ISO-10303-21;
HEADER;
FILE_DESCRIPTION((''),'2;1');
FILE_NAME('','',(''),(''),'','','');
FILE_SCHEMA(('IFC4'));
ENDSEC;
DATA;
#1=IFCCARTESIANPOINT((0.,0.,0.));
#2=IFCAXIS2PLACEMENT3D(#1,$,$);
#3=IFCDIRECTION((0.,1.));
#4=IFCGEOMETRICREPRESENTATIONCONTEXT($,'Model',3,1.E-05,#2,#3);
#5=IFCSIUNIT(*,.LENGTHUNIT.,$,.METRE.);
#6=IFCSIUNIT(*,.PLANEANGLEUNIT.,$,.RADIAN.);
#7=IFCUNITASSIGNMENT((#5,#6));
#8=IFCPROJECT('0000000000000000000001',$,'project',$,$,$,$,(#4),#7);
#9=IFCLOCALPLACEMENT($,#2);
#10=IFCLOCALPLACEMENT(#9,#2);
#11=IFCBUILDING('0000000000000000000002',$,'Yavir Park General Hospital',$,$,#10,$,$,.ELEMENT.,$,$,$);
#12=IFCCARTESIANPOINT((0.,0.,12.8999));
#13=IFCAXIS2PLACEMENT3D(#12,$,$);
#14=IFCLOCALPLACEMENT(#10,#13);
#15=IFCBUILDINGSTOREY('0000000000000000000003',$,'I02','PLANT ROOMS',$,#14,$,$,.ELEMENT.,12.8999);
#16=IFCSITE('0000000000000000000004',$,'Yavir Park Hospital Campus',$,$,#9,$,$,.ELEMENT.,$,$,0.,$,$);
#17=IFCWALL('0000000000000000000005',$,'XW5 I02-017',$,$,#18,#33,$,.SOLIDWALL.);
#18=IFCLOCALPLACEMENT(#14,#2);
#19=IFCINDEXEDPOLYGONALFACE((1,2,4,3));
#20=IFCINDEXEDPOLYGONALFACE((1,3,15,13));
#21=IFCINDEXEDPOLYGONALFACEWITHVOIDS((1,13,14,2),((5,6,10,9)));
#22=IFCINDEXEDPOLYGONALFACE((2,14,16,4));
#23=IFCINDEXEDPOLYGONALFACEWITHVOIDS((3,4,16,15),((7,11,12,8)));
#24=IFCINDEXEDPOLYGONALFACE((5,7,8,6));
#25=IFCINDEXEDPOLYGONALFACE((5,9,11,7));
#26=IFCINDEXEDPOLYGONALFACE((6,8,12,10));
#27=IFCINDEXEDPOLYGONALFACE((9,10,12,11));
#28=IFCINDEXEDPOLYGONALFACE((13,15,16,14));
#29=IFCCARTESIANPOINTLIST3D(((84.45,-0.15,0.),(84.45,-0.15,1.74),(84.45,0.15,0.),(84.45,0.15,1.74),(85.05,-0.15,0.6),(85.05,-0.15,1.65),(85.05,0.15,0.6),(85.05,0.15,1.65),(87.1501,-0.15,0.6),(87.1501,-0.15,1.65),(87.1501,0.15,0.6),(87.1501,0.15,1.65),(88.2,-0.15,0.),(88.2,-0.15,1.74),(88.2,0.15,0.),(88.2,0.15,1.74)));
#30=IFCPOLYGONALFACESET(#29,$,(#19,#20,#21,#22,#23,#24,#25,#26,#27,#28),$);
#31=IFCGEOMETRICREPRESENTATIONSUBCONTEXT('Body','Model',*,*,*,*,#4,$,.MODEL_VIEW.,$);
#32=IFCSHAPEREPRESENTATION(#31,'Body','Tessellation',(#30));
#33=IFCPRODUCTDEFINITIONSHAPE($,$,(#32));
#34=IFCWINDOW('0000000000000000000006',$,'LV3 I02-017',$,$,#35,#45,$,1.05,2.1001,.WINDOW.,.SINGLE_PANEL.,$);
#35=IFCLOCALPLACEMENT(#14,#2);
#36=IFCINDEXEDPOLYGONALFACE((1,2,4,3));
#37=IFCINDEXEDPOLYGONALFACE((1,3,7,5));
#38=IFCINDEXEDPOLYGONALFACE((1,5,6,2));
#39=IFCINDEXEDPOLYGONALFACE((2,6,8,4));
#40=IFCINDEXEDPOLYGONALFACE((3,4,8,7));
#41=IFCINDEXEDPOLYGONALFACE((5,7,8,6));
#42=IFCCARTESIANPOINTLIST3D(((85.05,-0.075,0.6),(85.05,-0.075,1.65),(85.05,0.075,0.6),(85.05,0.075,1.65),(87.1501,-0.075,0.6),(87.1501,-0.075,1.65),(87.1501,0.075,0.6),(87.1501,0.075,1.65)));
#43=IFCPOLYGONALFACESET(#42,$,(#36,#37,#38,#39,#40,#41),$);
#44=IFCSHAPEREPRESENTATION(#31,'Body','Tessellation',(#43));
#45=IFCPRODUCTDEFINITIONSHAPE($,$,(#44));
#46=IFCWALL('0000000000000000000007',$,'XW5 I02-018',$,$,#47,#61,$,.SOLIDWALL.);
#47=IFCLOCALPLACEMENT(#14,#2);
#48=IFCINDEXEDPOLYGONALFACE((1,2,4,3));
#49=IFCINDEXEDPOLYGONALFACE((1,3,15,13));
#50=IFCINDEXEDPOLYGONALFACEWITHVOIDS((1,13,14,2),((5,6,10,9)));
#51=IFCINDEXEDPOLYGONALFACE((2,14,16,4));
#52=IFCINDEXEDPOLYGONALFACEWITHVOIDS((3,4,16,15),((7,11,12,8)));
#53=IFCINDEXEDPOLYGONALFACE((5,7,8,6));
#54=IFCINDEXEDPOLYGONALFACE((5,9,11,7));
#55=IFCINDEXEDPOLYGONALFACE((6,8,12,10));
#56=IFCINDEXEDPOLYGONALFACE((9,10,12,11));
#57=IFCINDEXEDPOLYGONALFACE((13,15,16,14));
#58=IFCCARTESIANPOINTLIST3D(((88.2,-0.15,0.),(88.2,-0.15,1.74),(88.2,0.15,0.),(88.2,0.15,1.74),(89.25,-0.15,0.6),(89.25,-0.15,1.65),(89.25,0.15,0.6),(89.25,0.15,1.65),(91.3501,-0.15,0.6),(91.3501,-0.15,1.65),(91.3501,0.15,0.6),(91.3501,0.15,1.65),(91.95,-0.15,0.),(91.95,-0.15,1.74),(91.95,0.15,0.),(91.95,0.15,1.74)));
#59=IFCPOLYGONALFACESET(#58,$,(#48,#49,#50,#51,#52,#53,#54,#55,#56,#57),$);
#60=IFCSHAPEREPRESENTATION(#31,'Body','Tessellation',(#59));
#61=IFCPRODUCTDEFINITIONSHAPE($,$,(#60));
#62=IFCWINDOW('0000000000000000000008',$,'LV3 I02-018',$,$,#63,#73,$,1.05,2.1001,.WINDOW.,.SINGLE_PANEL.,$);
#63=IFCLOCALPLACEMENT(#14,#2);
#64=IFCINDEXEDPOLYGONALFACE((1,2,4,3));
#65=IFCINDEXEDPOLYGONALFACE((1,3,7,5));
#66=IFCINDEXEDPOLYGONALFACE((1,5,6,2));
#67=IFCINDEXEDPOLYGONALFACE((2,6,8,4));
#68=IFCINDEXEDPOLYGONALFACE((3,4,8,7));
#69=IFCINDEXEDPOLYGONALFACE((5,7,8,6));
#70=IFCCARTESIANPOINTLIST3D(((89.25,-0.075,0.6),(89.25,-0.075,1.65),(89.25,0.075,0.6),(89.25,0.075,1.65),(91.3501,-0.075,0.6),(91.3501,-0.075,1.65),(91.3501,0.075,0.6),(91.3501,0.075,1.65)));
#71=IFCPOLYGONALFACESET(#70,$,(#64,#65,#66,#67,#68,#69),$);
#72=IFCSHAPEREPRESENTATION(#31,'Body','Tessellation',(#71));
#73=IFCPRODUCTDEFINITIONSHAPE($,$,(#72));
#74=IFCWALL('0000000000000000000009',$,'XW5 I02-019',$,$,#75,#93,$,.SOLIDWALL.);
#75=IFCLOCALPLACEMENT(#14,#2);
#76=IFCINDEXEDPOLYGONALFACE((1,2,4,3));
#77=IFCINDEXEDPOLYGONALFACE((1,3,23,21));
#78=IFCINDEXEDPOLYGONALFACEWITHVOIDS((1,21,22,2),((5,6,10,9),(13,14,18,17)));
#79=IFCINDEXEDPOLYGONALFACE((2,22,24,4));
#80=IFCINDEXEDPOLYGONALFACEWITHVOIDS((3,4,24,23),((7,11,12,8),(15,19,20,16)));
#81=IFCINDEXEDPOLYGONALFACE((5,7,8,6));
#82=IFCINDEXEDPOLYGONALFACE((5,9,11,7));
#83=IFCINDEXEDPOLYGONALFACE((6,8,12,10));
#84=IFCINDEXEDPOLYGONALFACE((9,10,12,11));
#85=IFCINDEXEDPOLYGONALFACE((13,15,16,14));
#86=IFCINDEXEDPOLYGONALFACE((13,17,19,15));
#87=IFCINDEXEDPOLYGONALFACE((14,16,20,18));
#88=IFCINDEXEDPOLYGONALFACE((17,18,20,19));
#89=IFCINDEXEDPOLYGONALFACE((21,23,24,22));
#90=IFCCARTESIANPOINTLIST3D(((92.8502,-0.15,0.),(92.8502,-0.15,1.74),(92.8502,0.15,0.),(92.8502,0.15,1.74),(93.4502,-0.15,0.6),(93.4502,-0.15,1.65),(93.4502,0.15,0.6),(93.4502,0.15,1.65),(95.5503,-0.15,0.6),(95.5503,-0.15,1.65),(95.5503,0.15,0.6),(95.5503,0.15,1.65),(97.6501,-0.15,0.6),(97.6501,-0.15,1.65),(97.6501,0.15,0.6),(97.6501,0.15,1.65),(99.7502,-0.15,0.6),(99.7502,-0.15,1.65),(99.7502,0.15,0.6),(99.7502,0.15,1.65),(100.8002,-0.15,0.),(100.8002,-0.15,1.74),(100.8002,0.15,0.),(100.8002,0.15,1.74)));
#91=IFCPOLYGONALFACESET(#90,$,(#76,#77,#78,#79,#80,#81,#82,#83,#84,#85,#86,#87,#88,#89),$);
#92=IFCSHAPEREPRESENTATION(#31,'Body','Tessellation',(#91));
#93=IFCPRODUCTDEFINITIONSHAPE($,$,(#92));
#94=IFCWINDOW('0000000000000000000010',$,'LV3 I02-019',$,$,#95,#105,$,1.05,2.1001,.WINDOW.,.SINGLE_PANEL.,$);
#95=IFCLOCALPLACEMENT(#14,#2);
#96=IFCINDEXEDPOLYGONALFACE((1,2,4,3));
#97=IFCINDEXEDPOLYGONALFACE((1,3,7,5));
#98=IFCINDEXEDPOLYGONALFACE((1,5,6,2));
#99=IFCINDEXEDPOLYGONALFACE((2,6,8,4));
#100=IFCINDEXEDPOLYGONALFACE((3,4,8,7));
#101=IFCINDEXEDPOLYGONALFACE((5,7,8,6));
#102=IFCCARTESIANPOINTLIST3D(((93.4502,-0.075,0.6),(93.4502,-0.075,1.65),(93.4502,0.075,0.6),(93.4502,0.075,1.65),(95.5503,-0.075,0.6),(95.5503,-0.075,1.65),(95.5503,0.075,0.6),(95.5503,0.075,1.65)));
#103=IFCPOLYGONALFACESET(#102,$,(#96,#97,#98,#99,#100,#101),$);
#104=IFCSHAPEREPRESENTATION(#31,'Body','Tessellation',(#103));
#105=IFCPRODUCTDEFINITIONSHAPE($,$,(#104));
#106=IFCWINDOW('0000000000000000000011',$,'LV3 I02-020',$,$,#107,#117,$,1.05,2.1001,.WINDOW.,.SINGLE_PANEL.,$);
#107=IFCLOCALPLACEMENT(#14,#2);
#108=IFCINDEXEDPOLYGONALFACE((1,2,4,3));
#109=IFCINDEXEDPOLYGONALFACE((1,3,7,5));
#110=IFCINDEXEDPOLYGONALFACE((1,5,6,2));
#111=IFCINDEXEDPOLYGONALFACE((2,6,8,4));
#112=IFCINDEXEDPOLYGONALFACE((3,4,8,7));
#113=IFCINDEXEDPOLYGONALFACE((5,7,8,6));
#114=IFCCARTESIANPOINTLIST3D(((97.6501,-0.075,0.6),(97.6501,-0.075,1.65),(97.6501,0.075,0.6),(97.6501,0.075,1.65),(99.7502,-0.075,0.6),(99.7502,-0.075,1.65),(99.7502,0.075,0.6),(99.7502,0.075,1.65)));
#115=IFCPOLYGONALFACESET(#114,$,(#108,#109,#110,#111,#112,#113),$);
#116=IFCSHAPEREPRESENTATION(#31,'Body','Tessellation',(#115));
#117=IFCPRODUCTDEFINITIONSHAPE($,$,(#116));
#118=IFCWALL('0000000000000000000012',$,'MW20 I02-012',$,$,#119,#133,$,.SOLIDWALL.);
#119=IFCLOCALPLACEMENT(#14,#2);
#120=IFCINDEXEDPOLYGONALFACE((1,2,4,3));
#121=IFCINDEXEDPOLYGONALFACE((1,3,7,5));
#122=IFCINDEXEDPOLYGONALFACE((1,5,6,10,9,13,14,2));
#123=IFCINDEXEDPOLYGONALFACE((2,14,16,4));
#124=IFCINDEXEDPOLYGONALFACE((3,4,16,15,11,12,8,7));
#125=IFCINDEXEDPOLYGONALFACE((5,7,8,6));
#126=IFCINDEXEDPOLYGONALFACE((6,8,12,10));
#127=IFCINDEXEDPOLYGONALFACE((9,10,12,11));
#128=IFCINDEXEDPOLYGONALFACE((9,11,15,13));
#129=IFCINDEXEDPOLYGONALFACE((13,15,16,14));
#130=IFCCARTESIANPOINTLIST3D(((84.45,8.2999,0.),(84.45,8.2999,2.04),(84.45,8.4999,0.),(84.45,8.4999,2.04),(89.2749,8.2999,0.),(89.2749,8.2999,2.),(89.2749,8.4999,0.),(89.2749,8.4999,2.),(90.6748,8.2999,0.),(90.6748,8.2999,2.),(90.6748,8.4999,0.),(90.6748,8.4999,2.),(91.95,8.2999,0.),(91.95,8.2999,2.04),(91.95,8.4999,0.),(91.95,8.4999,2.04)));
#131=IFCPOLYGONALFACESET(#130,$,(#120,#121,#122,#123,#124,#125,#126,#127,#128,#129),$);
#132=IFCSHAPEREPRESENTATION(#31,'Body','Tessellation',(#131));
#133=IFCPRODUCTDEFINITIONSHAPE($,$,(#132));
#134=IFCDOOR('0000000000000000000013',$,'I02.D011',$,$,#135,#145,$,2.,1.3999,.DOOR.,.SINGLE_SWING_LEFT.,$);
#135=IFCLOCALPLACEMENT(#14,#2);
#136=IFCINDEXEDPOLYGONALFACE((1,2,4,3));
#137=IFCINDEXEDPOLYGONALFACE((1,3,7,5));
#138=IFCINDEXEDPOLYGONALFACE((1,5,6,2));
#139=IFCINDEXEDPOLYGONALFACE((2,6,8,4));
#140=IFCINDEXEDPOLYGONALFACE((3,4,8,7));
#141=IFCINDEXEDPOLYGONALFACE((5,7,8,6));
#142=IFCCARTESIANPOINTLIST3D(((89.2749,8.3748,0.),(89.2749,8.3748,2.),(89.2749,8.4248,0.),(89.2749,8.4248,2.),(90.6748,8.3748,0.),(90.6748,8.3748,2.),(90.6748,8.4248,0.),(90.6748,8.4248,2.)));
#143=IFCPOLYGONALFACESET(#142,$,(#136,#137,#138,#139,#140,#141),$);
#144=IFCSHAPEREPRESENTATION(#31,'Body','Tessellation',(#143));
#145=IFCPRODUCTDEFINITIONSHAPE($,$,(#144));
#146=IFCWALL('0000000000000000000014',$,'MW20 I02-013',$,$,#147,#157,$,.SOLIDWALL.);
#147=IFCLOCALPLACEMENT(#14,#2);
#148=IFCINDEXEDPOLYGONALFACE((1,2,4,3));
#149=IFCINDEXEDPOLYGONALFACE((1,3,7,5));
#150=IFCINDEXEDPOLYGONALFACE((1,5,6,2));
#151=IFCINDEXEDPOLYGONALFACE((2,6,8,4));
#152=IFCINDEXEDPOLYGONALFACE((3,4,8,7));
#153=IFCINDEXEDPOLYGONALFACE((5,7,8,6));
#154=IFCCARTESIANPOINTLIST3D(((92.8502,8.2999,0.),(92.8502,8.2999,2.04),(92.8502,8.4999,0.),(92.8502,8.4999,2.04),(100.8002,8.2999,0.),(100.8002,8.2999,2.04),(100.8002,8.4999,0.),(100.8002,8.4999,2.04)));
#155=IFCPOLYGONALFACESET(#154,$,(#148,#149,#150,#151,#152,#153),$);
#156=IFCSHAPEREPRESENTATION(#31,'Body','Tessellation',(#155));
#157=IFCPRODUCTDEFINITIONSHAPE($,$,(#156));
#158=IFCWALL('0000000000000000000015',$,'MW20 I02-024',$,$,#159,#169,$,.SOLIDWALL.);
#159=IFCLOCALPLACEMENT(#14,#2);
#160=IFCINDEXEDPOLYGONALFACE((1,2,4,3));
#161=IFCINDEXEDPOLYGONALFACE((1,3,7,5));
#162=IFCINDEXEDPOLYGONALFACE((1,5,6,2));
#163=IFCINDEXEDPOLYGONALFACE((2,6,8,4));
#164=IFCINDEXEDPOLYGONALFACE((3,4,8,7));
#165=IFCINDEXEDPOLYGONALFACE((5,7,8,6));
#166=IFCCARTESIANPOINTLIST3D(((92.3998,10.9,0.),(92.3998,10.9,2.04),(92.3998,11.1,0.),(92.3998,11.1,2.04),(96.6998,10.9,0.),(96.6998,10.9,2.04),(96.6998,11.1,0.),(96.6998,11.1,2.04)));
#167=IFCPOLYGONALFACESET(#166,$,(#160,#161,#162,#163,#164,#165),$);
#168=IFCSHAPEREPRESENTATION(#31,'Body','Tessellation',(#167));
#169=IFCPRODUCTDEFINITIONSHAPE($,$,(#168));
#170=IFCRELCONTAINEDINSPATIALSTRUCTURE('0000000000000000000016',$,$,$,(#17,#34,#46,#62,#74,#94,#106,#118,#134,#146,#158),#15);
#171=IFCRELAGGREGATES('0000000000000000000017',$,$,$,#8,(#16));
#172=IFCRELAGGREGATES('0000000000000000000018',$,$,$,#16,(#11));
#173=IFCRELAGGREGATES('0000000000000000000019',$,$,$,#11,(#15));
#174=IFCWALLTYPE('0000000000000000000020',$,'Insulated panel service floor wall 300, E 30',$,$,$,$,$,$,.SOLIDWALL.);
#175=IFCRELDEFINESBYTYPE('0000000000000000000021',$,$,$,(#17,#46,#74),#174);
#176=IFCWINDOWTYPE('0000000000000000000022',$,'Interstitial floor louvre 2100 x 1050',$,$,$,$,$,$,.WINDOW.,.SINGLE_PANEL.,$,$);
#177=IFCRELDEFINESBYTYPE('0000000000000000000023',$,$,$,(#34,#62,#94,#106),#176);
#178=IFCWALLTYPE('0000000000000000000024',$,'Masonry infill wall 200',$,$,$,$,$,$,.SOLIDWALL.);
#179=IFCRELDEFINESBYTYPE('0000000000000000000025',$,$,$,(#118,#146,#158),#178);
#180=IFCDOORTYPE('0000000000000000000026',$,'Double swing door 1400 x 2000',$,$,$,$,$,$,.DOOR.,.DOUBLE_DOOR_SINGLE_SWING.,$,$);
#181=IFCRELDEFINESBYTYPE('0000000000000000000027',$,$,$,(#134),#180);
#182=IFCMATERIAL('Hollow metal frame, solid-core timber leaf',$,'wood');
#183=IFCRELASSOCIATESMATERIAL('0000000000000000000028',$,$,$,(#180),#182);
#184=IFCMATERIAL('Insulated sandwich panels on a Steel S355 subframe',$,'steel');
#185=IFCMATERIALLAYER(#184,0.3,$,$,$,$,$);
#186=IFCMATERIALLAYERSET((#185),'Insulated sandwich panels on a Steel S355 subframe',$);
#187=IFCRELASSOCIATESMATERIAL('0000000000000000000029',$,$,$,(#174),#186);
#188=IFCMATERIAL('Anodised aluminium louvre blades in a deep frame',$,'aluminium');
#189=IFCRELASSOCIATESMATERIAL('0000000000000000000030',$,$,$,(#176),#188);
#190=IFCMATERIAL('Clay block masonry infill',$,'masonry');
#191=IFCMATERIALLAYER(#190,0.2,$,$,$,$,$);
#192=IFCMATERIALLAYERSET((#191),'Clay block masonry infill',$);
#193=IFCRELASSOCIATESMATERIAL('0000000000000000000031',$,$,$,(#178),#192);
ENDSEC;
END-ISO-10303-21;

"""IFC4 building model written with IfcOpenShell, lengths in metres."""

from ifc_helpers import new_model, si_unit, direction, frame, frame_2d, origin, place, context, subcontext, project, spatial, rectangle, extrude, material, layer, layer_set, type_object, element, fill, save


model = new_model("IFC4")

# Units and contexts
model_context = context("Model", 3, precision=1e-05, world=origin(), true_north=direction((0.0, 1.0)))
body_context = subcontext(model_context, "Body", "Model", "MODEL_VIEW")
ifc_project = project(units=[si_unit("LENGTHUNIT", "METRE"), si_unit("PLANEANGLEUNIT", "RADIAN")], contexts=[model_context])

# Site, building, storey
site_placement = place(None, origin())
site = spatial("IfcSite", under=ifc_project, at=site_placement, Name="Yavir Park Hospital Campus", CompositionType="ELEMENT", RefElevation=0.0)
building_placement = place(site_placement, origin())
building = spatial("IfcBuilding", under=site, at=building_placement, Name="Yavir Park General Hospital", CompositionType="ELEMENT")
storey_placement = place(building_placement, frame((0.0, 0.0, 12.8999)))
storey = spatial("IfcBuildingStorey", under=building, at=storey_placement, Name="I02", Description="PLANT ROOMS", CompositionType="ELEMENT", Elevation=12.8999)

# Shared definitions
ifc_material_1 = material(Name="Hollow metal frame, solid-core timber leaf", Category="wood")
door_type_1 = type_object("IfcDoorType", Name="Double swing door 1400 x 2000", OperationType="DOUBLE_DOOR_SINGLE_SWING", PredefinedType="DOOR", material=ifc_material_1)

# Walls, openings, windows
ifc_material_2 = material(Name="Insulated sandwich panels on a Steel S355 subframe", Category="steel")
ifc_layer_1 = layer(ifc_material_2, 0.3)
ifc_layer_set_1 = layer_set([ifc_layer_1], Name="Insulated sandwich panels on a Steel S355 subframe")
wall_type_1 = type_object("IfcWallType", Name="Insulated panel service floor wall 300, E 30", PredefinedType="SOLIDWALL", material=ifc_layer_set_1)
wall_1_placement = place(storey_placement, frame((84.45, 0.0, 0.0), z_axis=(0.0, 0.0, 1.0), x_axis=(1.0, 0.0, 0.0)))
wall_1 = element("IfcWall", 1, at=wall_1_placement, inside=storey, type_object=wall_type_1, Name="XW5 I02-017", PredefinedType="SOLIDWALL", context=body_context, shape_type="SweptSolid", body=[
    extrude(rectangle(XDim=3.75, YDim=0.3, at=frame_2d((1.875, 0.0))), origin(), (0.0, 0.0, 1.0), 1.74),
])
opening_1_placement = place(wall_1_placement, frame((0.6001, 0.0, 0.6001)))
opening_1 = element("IfcOpeningElement", 2, at=opening_1_placement, cuts=wall_1, PredefinedType="OPENING", context=body_context, shape_type="SweptSolid", body=[
    extrude(rectangle(XDim=2.1001, YDim=1.05, at=frame_2d((1.05, 0.5249))), frame((0.0, 0.1599, 0.0), z_axis=(0.0, -1.0, 0.0), x_axis=(1.0, 0.0, 0.0)), (0.0, 0.0, 1.0), 0.3201),
])
ifc_material_3 = material(Name="Anodised aluminium louvre blades in a deep frame", Category="aluminium")
window_type = type_object("IfcWindowType", Name="Interstitial floor louvre 2100 x 1050", PartitioningType="SINGLE_PANEL", PredefinedType="WINDOW", material=ifc_material_3)
window_1_placement = place(opening_1_placement, origin())
window_1 = element("IfcWindow", 3, at=window_1_placement, inside=storey, type_object=window_type, Name="LV3 I02-017", OverallHeight=1.05, OverallWidth=2.1001, PartitioningType="SINGLE_PANEL", PredefinedType="WINDOW", context=body_context, shape_type="SweptSolid", body=[
    extrude(rectangle(XDim=2.1001, YDim=1.05, at=frame_2d((1.05, 0.5249))), frame((0.0, 0.075, 0.0), z_axis=(0.0, -1.0, 0.0), x_axis=(1.0, 0.0, 0.0)), (0.0, 0.0, 1.0), 0.1499),
])
fill(opening_1, window_1)
wall_2_placement = place(storey_placement, frame((88.2, 0.0, 0.0), z_axis=(0.0, 0.0, 1.0), x_axis=(1.0, 0.0, 0.0)))
wall_2 = element("IfcWall", 4, at=wall_2_placement, inside=storey, type_object=wall_type_1, Name="XW5 I02-018", PredefinedType="SOLIDWALL", context=body_context, shape_type="SweptSolid", body=[
    extrude(rectangle(XDim=3.75, YDim=0.3, at=frame_2d((1.875, 0.0))), origin(), (0.0, 0.0, 1.0), 1.74),
])
opening_2_placement = place(wall_2_placement, frame((1.05, 0.0, 0.6001)))
opening_2 = element("IfcOpeningElement", 5, at=opening_2_placement, cuts=wall_2, PredefinedType="OPENING", context=body_context, shape_type="SweptSolid", body=[
    extrude(rectangle(XDim=2.1001, YDim=1.05, at=frame_2d((1.05, 0.5249))), frame((0.0, 0.1599, 0.0), z_axis=(0.0, -1.0, 0.0), x_axis=(1.0, 0.0, 0.0)), (0.0, 0.0, 1.0), 0.3201),
])
window_2_placement = place(opening_2_placement, origin())
window_2 = element("IfcWindow", 6, at=window_2_placement, inside=storey, type_object=window_type, Name="LV3 I02-018", OverallHeight=1.05, OverallWidth=2.1001, PartitioningType="SINGLE_PANEL", PredefinedType="WINDOW", context=body_context, shape_type="SweptSolid", body=[
    extrude(rectangle(XDim=2.1001, YDim=1.05, at=frame_2d((1.05, 0.5249))), frame((0.0, 0.075, 0.0), z_axis=(0.0, -1.0, 0.0), x_axis=(1.0, 0.0, 0.0)), (0.0, 0.0, 1.0), 0.1499),
])
fill(opening_2, window_2)

# Wall, openings, windows
wall_3_placement = place(storey_placement, frame((92.8501, 0.0, 0.0), z_axis=(0.0, 0.0, 1.0), x_axis=(1.0, 0.0, 0.0)))
wall_3 = element("IfcWall", 7, at=wall_3_placement, inside=storey, type_object=wall_type_1, Name="XW5 I02-019", PredefinedType="SOLIDWALL", context=body_context, shape_type="SweptSolid", body=[
    extrude(rectangle(XDim=7.95, YDim=0.3, at=frame_2d((3.9751, 0.0))), origin(), (0.0, 0.0, 1.0), 1.74),
])
opening_3_placement = place(wall_3_placement, frame((0.6001, 0.0, 0.6001)))
opening_3 = element("IfcOpeningElement", 8, at=opening_3_placement, cuts=wall_3, PredefinedType="OPENING", context=body_context, shape_type="SweptSolid", body=[
    extrude(rectangle(XDim=2.1001, YDim=1.05, at=frame_2d((1.05, 0.5249))), frame((0.0, 0.1599, 0.0), z_axis=(0.0, -1.0, 0.0), x_axis=(1.0, 0.0, 0.0)), (0.0, 0.0, 1.0), 0.3201),
])
opening_4_placement = place(wall_3_placement, frame((4.8, 0.0, 0.6001)))
opening_4 = element("IfcOpeningElement", 9, at=opening_4_placement, cuts=wall_3, PredefinedType="OPENING", context=body_context, shape_type="SweptSolid", body=[
    extrude(rectangle(XDim=2.1001, YDim=1.05, at=frame_2d((1.05, 0.5249))), frame((0.0, 0.1599, 0.0), z_axis=(0.0, -1.0, 0.0), x_axis=(1.0, 0.0, 0.0)), (0.0, 0.0, 1.0), 0.3201),
])
window_3_placement = place(opening_3_placement, origin())
window_3 = element("IfcWindow", 10, at=window_3_placement, inside=storey, type_object=window_type, Name="LV3 I02-019", OverallHeight=1.05, OverallWidth=2.1001, PartitioningType="SINGLE_PANEL", PredefinedType="WINDOW", context=body_context, shape_type="SweptSolid", body=[
    extrude(rectangle(XDim=2.1001, YDim=1.05, at=frame_2d((1.05, 0.5249))), frame((0.0, 0.075, 0.0), z_axis=(0.0, -1.0, 0.0), x_axis=(1.0, 0.0, 0.0)), (0.0, 0.0, 1.0), 0.1499),
])
fill(opening_3, window_3)
window_4_placement = place(opening_4_placement, origin())
window_4 = element("IfcWindow", 11, at=window_4_placement, inside=storey, type_object=window_type, Name="LV3 I02-020", OverallHeight=1.05, OverallWidth=2.1001, PartitioningType="SINGLE_PANEL", PredefinedType="WINDOW", context=body_context, shape_type="SweptSolid", body=[
    extrude(rectangle(XDim=2.1001, YDim=1.05, at=frame_2d((1.05, 0.5249))), frame((0.0, 0.075, 0.0), z_axis=(0.0, -1.0, 0.0), x_axis=(1.0, 0.0, 0.0)), (0.0, 0.0, 1.0), 0.1499),
])
fill(opening_4, window_4)

# Wall, opening, door
ifc_material_4 = material(Name="Clay block masonry infill", Category="masonry")
ifc_layer_2 = layer(ifc_material_4, 0.2)
ifc_layer_set_2 = layer_set([ifc_layer_2], Name="Clay block masonry infill")
wall_type_2 = type_object("IfcWallType", Name="Masonry infill wall 200", PredefinedType="SOLIDWALL", material=ifc_layer_set_2)
wall_4_placement = place(storey_placement, frame((84.45, 8.3999, 0.0), z_axis=(0.0, 0.0, 1.0), x_axis=(1.0, 0.0, 0.0)))
wall_4 = element("IfcWall", 12, at=wall_4_placement, inside=storey, type_object=wall_type_2, Name="MW20 I02-012", PredefinedType="SOLIDWALL", context=body_context, shape_type="SweptSolid", body=[
    extrude(rectangle(XDim=7.5, YDim=0.2, at=frame_2d((3.75, 0.0))), origin(), (0.0, 0.0, 1.0), 2.04),
])
opening_5_placement = place(wall_4_placement, frame((4.825, 0.0, 0.0)))
opening_5 = element("IfcOpeningElement", 13, at=opening_5_placement, cuts=wall_4, PredefinedType="OPENING", context=body_context, shape_type="SweptSolid", body=[
    extrude(rectangle(XDim=1.3999, YDim=2.0, at=frame_2d((0.7, 1.0))), frame((0.0, 0.1099, 0.0), z_axis=(0.0, -1.0, 0.0), x_axis=(1.0, 0.0, 0.0)), (0.0, 0.0, 1.0), 0.22),
])
door_1_placement = place(opening_5_placement, origin())
door_1 = element("IfcDoor", 14, at=door_1_placement, inside=storey, type_object=door_type_1, Name="I02.D011", OperationType="SINGLE_SWING_LEFT", OverallHeight=2.0, OverallWidth=1.3999, PredefinedType="DOOR", context=body_context, shape_type="SweptSolid", body=[
    extrude(rectangle(XDim=1.3999, YDim=2.0, at=frame_2d((0.7, 1.0))), frame((0.0, 0.0249, 0.0), z_axis=(0.0, -1.0, 0.0), x_axis=(1.0, 0.0, 0.0)), (0.0, 0.0, 1.0), 0.05),
])
fill(opening_5, door_1)

# Walls
wall_5_placement = place(storey_placement, frame((92.8501, 8.3999, 0.0), z_axis=(0.0, 0.0, 1.0), x_axis=(1.0, 0.0, 0.0)))
element("IfcWall", 15, at=wall_5_placement, inside=storey, type_object=wall_type_2, Name="MW20 I02-013", PredefinedType="SOLIDWALL", context=body_context, shape_type="SweptSolid", body=[
    extrude(rectangle(XDim=7.95, YDim=0.2, at=frame_2d((3.9751, 0.0))), origin(), (0.0, 0.0, 1.0), 2.04),
])
wall_6_placement = place(storey_placement, frame((92.3999, 11.0, 0.0), z_axis=(0.0, 0.0, 1.0), x_axis=(1.0, 0.0, 0.0)))
element("IfcWall", 16, at=wall_6_placement, inside=storey, type_object=wall_type_2, Name="MW20 I02-024", PredefinedType="SOLIDWALL", context=body_context, shape_type="SweptSolid", body=[
    extrude(rectangle(XDim=4.3, YDim=0.2, at=frame_2d((2.1499, 0.0))), origin(), (0.0, 0.0, 1.0), 2.04),
])

save(model, "model.ifc")
